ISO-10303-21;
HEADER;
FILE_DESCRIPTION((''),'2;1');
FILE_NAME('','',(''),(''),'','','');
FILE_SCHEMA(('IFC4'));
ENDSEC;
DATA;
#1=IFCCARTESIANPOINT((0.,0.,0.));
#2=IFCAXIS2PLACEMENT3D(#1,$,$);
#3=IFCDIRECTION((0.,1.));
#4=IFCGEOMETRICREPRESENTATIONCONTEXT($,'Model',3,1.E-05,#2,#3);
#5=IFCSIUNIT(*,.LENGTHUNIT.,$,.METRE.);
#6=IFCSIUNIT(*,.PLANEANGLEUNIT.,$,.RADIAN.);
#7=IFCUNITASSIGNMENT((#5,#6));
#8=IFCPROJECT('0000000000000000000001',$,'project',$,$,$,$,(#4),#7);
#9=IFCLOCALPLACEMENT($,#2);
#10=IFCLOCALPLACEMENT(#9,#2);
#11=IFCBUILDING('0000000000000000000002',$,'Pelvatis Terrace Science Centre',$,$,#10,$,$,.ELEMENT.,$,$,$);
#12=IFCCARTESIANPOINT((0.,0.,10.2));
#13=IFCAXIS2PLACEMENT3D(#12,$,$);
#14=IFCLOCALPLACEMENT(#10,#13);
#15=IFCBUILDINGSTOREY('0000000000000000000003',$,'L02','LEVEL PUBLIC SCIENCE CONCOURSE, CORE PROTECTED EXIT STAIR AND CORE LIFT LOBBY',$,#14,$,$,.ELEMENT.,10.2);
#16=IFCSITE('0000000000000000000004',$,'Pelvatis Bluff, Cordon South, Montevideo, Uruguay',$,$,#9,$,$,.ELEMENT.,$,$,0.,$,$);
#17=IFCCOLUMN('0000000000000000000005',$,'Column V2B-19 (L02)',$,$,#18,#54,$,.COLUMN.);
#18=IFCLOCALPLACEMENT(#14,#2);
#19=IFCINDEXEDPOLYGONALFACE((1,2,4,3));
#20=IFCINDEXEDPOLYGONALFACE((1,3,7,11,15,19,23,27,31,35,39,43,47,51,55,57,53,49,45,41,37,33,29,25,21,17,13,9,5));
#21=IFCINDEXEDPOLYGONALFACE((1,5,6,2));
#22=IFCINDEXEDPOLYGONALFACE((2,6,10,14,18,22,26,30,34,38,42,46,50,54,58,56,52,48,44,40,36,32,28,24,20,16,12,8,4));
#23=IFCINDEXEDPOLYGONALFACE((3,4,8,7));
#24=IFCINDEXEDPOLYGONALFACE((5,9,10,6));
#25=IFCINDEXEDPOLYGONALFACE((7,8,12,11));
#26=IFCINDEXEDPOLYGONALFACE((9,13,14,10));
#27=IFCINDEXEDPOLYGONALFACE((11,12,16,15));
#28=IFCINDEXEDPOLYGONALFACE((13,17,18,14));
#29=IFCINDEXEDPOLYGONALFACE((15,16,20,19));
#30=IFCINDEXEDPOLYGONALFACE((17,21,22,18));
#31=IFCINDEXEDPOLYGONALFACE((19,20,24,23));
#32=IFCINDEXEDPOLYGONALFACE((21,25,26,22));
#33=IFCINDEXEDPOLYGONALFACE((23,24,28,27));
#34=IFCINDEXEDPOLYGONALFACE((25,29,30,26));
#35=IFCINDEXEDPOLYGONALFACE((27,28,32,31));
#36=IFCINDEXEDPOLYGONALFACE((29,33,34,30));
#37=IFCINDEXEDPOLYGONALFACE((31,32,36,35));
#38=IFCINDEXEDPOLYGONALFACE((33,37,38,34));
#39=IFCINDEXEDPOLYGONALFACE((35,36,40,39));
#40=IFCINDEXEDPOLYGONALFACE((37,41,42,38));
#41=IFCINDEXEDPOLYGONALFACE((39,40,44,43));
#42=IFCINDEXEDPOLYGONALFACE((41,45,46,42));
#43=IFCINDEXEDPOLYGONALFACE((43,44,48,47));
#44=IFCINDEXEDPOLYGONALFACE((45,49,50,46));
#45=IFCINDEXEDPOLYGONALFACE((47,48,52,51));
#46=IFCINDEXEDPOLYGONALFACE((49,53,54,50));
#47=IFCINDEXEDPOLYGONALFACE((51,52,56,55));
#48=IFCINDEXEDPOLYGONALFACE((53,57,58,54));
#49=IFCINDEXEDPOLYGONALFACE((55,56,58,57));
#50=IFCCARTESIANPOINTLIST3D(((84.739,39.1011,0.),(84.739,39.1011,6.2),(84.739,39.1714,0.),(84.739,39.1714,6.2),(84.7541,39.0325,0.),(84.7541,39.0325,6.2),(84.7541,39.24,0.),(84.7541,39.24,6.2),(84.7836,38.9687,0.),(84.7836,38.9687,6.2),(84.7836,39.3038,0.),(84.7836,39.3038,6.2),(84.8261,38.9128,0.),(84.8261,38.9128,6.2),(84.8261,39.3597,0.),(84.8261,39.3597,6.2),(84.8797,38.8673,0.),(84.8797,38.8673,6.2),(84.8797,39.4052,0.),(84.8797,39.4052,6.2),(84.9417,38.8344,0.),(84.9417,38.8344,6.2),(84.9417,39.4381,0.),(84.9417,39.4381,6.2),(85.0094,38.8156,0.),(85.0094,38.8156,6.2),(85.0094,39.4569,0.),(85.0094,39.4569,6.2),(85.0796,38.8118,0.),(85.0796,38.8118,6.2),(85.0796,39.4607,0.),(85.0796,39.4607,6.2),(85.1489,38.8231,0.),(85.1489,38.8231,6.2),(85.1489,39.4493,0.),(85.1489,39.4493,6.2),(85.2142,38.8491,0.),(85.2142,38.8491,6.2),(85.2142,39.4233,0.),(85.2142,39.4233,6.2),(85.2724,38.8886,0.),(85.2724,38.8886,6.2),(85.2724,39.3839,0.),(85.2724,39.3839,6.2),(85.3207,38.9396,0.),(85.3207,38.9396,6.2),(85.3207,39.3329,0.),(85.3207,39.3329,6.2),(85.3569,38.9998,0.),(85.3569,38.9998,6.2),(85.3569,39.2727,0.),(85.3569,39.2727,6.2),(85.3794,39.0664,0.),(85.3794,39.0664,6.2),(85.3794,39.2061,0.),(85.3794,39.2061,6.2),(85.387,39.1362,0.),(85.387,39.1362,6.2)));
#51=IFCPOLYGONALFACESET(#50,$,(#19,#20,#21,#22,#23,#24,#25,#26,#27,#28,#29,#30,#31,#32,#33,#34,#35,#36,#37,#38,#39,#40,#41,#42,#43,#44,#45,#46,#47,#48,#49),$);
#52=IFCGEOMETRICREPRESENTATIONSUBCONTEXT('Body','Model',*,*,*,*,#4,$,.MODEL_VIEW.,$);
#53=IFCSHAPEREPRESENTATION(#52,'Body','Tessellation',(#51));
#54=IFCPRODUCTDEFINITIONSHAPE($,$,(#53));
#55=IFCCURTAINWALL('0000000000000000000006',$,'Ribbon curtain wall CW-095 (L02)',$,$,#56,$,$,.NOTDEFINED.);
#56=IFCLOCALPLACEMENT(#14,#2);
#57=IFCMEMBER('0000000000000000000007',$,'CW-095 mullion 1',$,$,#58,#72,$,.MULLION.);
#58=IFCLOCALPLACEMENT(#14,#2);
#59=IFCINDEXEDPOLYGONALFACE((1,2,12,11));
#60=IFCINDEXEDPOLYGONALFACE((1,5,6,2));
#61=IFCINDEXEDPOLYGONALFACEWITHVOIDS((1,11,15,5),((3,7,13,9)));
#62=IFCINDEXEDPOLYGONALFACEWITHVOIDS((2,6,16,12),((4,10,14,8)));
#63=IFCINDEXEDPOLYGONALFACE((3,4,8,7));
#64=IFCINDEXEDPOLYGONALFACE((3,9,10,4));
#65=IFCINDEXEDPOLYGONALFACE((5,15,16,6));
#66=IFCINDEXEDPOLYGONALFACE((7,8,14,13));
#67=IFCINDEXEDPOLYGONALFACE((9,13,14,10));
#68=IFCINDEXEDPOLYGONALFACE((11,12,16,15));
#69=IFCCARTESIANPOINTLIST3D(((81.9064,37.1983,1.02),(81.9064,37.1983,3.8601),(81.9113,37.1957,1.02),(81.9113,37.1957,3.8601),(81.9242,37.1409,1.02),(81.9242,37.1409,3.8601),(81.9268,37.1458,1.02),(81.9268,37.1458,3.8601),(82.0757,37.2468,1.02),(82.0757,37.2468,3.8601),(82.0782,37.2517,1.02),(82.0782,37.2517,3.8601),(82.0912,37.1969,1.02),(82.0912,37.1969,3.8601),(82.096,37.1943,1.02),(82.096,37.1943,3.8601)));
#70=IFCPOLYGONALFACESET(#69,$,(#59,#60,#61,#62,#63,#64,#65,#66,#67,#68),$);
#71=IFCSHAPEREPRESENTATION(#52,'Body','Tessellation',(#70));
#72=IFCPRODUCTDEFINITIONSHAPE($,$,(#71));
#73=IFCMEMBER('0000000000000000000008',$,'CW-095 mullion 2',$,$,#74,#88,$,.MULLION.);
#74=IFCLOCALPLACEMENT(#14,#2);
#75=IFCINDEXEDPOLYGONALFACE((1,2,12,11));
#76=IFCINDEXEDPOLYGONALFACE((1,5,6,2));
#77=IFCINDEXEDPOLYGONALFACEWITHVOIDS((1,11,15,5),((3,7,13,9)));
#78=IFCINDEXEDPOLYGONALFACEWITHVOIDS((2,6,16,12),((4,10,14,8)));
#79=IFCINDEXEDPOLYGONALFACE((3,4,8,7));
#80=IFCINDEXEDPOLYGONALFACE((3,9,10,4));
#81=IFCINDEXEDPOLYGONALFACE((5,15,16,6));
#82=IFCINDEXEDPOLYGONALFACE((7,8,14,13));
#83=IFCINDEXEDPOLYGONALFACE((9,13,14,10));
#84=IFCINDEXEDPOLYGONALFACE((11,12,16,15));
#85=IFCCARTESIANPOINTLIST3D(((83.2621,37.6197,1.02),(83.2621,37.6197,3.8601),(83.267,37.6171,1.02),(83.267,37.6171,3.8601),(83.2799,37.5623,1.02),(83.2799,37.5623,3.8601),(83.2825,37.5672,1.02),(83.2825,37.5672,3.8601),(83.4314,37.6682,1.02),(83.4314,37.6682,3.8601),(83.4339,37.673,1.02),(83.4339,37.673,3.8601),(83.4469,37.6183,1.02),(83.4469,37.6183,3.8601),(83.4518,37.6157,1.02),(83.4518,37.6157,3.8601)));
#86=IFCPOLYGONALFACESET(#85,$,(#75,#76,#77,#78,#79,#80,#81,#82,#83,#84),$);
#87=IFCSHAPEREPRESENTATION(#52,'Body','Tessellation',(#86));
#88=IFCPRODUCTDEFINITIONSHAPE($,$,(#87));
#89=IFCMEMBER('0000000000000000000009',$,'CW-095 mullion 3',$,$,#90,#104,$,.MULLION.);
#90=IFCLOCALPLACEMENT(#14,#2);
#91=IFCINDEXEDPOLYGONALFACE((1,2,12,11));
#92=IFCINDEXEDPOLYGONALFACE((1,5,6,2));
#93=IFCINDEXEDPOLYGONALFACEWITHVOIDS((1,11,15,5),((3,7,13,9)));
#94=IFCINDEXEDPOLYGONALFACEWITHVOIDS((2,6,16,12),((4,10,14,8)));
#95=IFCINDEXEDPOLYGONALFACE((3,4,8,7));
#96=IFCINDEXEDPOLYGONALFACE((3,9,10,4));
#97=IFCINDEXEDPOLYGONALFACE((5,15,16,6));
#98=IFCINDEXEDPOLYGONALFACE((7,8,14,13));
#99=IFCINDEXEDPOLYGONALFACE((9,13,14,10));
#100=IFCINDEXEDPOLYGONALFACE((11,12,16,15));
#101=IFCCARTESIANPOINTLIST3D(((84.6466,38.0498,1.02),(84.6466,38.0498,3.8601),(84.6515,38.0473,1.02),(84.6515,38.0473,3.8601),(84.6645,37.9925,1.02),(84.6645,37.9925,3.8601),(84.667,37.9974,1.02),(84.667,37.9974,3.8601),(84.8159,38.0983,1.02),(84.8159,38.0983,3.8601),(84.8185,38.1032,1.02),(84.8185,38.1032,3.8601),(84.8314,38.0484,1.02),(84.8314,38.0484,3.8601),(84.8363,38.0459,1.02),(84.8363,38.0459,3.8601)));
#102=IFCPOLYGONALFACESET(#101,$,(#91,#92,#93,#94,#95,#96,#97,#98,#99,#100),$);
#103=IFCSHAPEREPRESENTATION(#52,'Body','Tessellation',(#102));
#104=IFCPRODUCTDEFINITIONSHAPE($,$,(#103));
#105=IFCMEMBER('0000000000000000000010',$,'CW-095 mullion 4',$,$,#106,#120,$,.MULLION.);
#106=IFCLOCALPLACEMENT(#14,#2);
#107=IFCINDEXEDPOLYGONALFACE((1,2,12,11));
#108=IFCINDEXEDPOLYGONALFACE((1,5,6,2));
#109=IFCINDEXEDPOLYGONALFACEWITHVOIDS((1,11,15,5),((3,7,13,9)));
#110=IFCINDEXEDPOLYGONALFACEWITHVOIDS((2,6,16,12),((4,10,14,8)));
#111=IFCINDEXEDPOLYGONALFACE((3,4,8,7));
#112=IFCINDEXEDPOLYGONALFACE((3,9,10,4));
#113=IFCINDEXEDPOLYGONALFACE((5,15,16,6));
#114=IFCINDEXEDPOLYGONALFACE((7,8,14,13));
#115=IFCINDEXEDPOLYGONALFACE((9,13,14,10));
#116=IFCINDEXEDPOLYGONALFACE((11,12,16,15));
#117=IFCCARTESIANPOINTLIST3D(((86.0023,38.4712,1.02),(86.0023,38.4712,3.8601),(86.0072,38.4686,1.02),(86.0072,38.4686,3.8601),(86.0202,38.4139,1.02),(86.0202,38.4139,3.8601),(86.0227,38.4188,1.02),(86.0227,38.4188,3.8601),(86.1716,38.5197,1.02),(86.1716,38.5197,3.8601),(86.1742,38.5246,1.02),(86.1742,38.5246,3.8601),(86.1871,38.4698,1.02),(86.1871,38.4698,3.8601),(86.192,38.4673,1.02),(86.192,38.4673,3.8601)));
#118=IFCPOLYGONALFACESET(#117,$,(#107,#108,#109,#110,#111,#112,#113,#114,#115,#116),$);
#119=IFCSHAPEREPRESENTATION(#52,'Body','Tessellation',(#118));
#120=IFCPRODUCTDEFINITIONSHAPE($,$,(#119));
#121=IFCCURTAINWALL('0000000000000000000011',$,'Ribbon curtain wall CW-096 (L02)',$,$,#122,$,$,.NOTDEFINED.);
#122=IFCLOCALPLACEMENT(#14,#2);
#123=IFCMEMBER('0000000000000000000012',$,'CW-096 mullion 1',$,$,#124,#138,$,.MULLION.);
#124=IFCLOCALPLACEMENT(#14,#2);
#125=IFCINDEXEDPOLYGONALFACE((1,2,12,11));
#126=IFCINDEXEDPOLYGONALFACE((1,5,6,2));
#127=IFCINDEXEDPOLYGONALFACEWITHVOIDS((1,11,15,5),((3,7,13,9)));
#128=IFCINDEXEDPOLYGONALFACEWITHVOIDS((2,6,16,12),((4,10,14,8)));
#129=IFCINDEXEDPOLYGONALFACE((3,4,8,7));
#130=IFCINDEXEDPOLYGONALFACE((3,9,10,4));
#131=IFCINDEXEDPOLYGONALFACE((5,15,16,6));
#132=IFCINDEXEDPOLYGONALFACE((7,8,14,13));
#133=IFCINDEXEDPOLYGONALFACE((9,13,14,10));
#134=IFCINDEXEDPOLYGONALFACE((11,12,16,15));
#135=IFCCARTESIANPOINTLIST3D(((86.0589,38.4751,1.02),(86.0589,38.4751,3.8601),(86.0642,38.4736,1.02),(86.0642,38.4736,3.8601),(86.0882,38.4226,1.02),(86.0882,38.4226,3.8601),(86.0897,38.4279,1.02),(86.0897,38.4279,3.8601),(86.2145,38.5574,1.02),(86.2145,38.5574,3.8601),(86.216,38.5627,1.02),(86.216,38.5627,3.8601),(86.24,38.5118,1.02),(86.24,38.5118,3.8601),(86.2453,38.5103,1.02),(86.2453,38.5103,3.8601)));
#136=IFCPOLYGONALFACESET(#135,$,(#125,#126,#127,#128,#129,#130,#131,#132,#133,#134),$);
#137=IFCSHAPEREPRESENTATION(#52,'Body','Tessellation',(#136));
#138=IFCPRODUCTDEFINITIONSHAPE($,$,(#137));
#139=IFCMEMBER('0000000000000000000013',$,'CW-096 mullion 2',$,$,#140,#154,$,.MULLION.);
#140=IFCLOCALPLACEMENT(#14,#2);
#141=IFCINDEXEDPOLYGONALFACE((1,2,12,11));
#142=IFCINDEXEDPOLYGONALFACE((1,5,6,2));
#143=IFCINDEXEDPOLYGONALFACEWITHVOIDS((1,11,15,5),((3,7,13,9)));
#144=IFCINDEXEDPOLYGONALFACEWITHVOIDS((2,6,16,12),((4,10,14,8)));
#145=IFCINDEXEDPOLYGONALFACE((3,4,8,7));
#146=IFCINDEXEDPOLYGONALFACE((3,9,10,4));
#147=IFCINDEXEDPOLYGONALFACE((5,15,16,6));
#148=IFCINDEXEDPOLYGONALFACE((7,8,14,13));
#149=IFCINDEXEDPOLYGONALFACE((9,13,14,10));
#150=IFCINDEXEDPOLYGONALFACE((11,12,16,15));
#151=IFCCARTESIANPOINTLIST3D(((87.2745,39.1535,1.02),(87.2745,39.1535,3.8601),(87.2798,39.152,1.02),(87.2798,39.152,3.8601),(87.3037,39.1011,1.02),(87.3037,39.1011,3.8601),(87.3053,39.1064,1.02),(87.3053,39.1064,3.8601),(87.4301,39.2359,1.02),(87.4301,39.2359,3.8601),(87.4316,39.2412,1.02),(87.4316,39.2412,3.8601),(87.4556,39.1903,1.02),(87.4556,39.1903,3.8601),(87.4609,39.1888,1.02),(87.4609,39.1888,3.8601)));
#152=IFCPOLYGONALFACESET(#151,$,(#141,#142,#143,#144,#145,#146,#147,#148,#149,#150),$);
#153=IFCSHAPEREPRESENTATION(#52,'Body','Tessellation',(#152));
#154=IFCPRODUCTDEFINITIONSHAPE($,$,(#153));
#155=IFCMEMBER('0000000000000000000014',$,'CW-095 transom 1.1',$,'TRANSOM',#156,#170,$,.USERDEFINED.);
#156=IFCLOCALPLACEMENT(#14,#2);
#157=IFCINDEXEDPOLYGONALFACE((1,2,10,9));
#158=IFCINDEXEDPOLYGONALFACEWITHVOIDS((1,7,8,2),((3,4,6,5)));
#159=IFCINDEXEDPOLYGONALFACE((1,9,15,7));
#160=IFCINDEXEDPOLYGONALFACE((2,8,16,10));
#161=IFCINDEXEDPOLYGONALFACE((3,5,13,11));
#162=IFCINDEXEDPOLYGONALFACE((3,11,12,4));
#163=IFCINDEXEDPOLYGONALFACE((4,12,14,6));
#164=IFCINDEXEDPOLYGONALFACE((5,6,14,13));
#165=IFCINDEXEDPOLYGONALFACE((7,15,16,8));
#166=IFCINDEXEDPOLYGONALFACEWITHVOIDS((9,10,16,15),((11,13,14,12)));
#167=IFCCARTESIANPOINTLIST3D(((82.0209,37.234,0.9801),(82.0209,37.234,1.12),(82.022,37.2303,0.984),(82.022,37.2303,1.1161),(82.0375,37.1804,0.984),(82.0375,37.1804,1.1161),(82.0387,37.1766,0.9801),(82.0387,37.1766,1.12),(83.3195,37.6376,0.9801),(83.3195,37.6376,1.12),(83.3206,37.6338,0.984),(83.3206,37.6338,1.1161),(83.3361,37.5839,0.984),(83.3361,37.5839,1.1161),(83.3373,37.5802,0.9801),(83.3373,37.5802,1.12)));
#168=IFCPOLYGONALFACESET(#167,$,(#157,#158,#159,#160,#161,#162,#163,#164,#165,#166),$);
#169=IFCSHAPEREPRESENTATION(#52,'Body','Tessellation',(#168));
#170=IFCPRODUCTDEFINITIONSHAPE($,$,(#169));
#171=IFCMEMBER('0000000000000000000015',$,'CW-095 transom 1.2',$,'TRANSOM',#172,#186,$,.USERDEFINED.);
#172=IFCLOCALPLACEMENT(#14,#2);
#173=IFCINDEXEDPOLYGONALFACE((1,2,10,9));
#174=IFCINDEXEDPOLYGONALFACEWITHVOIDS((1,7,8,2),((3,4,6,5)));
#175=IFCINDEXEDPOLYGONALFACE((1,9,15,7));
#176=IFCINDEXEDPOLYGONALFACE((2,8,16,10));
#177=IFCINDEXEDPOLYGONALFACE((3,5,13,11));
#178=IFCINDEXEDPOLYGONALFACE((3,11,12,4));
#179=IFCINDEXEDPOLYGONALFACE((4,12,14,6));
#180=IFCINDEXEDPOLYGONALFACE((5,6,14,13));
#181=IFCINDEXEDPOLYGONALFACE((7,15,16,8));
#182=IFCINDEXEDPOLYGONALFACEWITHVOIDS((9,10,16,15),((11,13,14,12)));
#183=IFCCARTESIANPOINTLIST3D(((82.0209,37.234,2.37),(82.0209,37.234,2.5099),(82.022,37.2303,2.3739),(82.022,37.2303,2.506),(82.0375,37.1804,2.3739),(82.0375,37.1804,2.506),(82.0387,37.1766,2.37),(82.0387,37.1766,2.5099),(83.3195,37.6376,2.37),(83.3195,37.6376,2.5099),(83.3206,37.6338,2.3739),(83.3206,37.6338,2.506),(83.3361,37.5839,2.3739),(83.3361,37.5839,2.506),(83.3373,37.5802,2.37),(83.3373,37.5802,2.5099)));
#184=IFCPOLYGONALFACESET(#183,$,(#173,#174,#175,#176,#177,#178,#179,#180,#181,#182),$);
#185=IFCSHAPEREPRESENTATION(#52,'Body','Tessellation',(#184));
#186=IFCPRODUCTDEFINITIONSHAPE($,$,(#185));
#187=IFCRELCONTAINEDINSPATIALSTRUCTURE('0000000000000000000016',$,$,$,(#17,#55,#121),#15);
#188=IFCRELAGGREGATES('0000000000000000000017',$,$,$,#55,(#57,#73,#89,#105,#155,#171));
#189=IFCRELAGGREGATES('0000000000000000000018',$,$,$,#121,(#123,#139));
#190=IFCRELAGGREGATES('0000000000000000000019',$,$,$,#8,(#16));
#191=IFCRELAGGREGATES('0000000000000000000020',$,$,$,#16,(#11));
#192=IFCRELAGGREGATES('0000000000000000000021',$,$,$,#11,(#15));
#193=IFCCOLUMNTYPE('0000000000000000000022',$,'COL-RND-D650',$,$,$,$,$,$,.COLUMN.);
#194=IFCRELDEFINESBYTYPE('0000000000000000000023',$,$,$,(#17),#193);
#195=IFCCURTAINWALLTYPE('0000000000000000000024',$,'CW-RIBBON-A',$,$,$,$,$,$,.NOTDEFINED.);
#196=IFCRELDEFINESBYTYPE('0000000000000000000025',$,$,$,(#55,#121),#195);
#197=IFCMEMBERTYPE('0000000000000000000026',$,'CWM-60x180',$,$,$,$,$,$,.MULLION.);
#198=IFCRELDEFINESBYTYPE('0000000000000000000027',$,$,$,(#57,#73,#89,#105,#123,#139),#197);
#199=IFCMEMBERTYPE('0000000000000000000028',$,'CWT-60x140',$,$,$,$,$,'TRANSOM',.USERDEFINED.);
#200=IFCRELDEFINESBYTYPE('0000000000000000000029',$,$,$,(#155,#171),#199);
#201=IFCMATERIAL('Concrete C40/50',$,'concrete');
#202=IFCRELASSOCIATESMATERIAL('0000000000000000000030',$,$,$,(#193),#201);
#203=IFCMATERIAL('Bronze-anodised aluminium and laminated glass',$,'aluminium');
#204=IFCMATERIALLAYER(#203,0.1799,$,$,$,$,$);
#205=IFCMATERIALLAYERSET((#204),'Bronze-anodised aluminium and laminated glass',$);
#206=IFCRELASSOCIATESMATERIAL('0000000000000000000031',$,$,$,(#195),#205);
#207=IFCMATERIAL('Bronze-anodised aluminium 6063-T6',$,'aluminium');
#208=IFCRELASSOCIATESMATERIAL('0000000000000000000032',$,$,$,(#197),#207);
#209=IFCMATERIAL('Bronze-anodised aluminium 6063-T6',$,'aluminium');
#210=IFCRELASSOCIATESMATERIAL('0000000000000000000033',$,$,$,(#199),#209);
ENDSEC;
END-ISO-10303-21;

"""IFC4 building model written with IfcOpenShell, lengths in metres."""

from ifc_helpers import new_model, si_unit, direction, frame, origin, origin_2d, place, context, subcontext, project, spatial, hollow_rectangle, circle, extrude, material, layer, layer_set, material_profile, profile_set, type_object, element, aggregate, save


model = new_model("IFC4")

# Units and contexts
model_context = context("Model", 3, precision=1e-05, world=origin(), true_north=direction((0.0, 1.0)))
body_context = subcontext(model_context, "Body", "Model", "MODEL_VIEW")
ifc_project = project(units=[si_unit("LENGTHUNIT", "METRE"), si_unit("PLANEANGLEUNIT", "RADIAN")], contexts=[model_context])

# Site, building, storey
site_placement = place(None, origin())
site = spatial("IfcSite", under=ifc_project, at=site_placement, Name="Pelvatis Bluff, Cordon South, Montevideo, Uruguay", CompositionType="ELEMENT", RefElevation=0.0)
building_placement = place(site_placement, origin())
building = spatial("IfcBuilding", under=site, at=building_placement, Name="Pelvatis Terrace Science Centre", CompositionType="ELEMENT")
storey_placement = place(building_placement, frame((0.0, 0.0, 10.2)))
storey = spatial("IfcBuildingStorey", under=building, at=storey_placement, Name="L02", Description="LEVEL PUBLIC SCIENCE CONCOURSE, CORE PROTECTED EXIT STAIR AND CORE LIFT LOBBY", CompositionType="ELEMENT", Elevation=10.2)

# Column
ifc_material_1 = material(Name="Concrete C40/50", Category="concrete")
ifc_material_profile_1 = material_profile(ifc_material_1, circle(Radius=0.325, at=origin_2d()), Name="RC-RCOL D650")
ifc_profile_set_1 = profile_set([ifc_material_profile_1], Name="Concrete C40/50")
column_type = type_object("IfcColumnType", Name="COL-RND-D650", PredefinedType="COLUMN", material=ifc_profile_set_1)
column_placement = place(storey_placement, frame((85.062, 39.1362, 0.0), z_axis=(0.0, 0.0, 1.0), x_axis=(1.0, 0.0, 0.0)))
element("IfcColumn", 1, at=column_placement, inside=storey, type_object=column_type, Name="Column V2B-19 (L02)", PredefinedType="COLUMN", context=body_context, shape_type="SweptSolid", body=[
    extrude(circle(Radius=0.325, at=origin_2d()), origin(), (0.0, 0.0, 1.0), 6.2),
])

# Curtain walls, members
ifc_material_2 = material(Name="Bronze-anodised aluminium and laminated glass", Category="aluminium")
ifc_layer_1 = layer(ifc_material_2, 0.1799)
ifc_layer_set_1 = layer_set([ifc_layer_1], Name="Bronze-anodised aluminium and laminated glass")
curtain_wall_type = type_object("IfcCurtainWallType", Name="CW-RIBBON-A", PredefinedType="NOTDEFINED", material=ifc_layer_set_1)
curtain_wall_1_placement = place(storey_placement, origin())
curtain_wall_1 = element("IfcCurtainWall", 2, at=curtain_wall_1_placement, inside=storey, type_object=curtain_wall_type, Name="Ribbon curtain wall CW-095 (L02)", PredefinedType="NOTDEFINED")
ifc_material_3 = material(Name="Bronze-anodised aluminium 6063-T6", Category="aluminium")
ifc_material_profile_2 = material_profile(ifc_material_3, hollow_rectangle(XDim=0.0601, YDim=0.1799, WallThickness=0.0039, at=origin_2d()), Name="ALU-MUL 60x180")
ifc_profile_set_2 = profile_set([ifc_material_profile_2], Name="Bronze-anodised aluminium 6063-T6")
member_type_1 = type_object("IfcMemberType", Name="CWM-60x180", PredefinedType="MULLION", material=ifc_profile_set_2)
member_1_placement = place(storey_placement, frame((82.0012, 37.1963, 1.02), z_axis=(0.0, 0.0, 1.0), x_axis=(-0.296744, 0.954957, 0.0)))
member_1 = element("IfcMember", 3, at=member_1_placement, type_object=member_type_1, Name="CW-095 mullion 1", PredefinedType="MULLION", context=body_context, shape_type="SweptSolid", body=[
    extrude(hollow_rectangle(XDim=0.0601, YDim=0.1799, WallThickness=0.0039, at=origin_2d()), origin(), (0.0, 0.0, 1.0), 2.8401),
])
member_2_placement = place(storey_placement, frame((83.3569, 37.6177, 1.02), z_axis=(0.0, 0.0, 1.0), x_axis=(-0.296744, 0.954957, 0.0)))
member_2 = element("IfcMember", 4, at=member_2_placement, type_object=member_type_1, Name="CW-095 mullion 2", PredefinedType="MULLION", context=body_context, shape_type="SweptSolid", body=[
    extrude(hollow_rectangle(XDim=0.0601, YDim=0.1799, WallThickness=0.0039, at=origin_2d()), origin(), (0.0, 0.0, 1.0), 2.8401),
])
member_3_placement = place(storey_placement, frame((84.7415, 38.0479, 1.02), z_axis=(0.0, 0.0, 1.0), x_axis=(-0.296744, 0.954957, 0.0)))
member_3 = element("IfcMember", 5, at=member_3_placement, type_object=member_type_1, Name="CW-095 mullion 3", PredefinedType="MULLION", context=body_context, shape_type="SweptSolid", body=[
    extrude(hollow_rectangle(XDim=0.0601, YDim=0.1799, WallThickness=0.0039, at=origin_2d()), origin(), (0.0, 0.0, 1.0), 2.8401),
])
member_4_placement = place(storey_placement, frame((86.0972, 38.4692, 1.02), z_axis=(0.0, 0.0, 1.0), x_axis=(-0.296744, 0.954957, 0.0)))
member_4 = element("IfcMember", 6, at=member_4_placement, type_object=member_type_1, Name="CW-095 mullion 4", PredefinedType="MULLION", context=body_context, shape_type="SweptSolid", body=[
    extrude(hollow_rectangle(XDim=0.0601, YDim=0.1799, WallThickness=0.0039, at=origin_2d()), origin(), (0.0, 0.0, 1.0), 2.8401),
])
curtain_wall_2_placement = place(storey_placement, origin())
curtain_wall_2 = element("IfcCurtainWall", 7, at=curtain_wall_2_placement, inside=storey, type_object=curtain_wall_type, Name="Ribbon curtain wall CW-096 (L02)", PredefinedType="NOTDEFINED")
member_5_placement = place(storey_placement, frame((86.1521, 38.4927, 1.02), z_axis=(0.0, 0.0, 1.0), x_axis=(-0.487256, 0.873259, 0.0)))
member_5 = element("IfcMember", 8, at=member_5_placement, type_object=member_type_1, Name="CW-096 mullion 1", PredefinedType="MULLION", context=body_context, shape_type="SweptSolid", body=[
    extrude(hollow_rectangle(XDim=0.0601, YDim=0.1799, WallThickness=0.0039, at=origin_2d()), origin(), (0.0, 0.0, 1.0), 2.8401),
])
member_6_placement = place(storey_placement, frame((87.3677, 39.1711, 1.02), z_axis=(0.0, 0.0, 1.0), x_axis=(-0.487256, 0.873259, 0.0)))
member_6 = element("IfcMember", 9, at=member_6_placement, type_object=member_type_1, Name="CW-096 mullion 2", PredefinedType="MULLION", context=body_context, shape_type="SweptSolid", body=[
    extrude(hollow_rectangle(XDim=0.0601, YDim=0.1799, WallThickness=0.0039, at=origin_2d()), origin(), (0.0, 0.0, 1.0), 2.8401),
])

# Members
ifc_material_4 = material(Name="Bronze-anodised aluminium 6063-T6", Category="aluminium")
ifc_material_profile_3 = material_profile(ifc_material_4, hollow_rectangle(XDim=0.0601, YDim=0.1399, WallThickness=0.0039, at=origin_2d()), Name="ALU-TRN 60x140")
ifc_profile_set_3 = profile_set([ifc_material_profile_3], Name="Bronze-anodised aluminium 6063-T6")
member_type_2 = type_object("IfcMemberType", Name="CWT-60x140", ElementType="TRANSOM", PredefinedType="USERDEFINED", material=ifc_profile_set_3)
member_7_placement = place(storey_placement, frame((82.0298, 37.2053, 1.05), z_axis=(0.954948, 0.296772, 0.0), x_axis=(-0.296772, 0.954948, 0.0)))
member_7 = element("IfcMember", 10, at=member_7_placement, type_object=member_type_2, Name="CW-095 transom 1.1", ObjectType="TRANSOM", PredefinedType="USERDEFINED", context=body_context, shape_type="SweptSolid", body=[
    extrude(hollow_rectangle(XDim=0.0601, YDim=0.1399, WallThickness=0.0039, at=origin_2d()), origin(), (0.0, 0.0, 1.0), 1.3599),
])
member_8_placement = place(storey_placement, frame((82.0298, 37.2053, 2.4399), z_axis=(0.954948, 0.296772, 0.0), x_axis=(-0.296772, 0.954948, 0.0)))
member_8 = element("IfcMember", 11, at=member_8_placement, type_object=member_type_2, Name="CW-095 transom 1.2", ObjectType="TRANSOM", PredefinedType="USERDEFINED", context=body_context, shape_type="SweptSolid", body=[
    extrude(hollow_rectangle(XDim=0.0601, YDim=0.1399, WallThickness=0.0039, at=origin_2d()), origin(), (0.0, 0.0, 1.0), 1.3599),
])

aggregate(curtain_wall_1, [member_1, member_2, member_3, member_4, member_7, member_8])
aggregate(curtain_wall_2, [member_5, member_6])

save(model, "model.ifc")
